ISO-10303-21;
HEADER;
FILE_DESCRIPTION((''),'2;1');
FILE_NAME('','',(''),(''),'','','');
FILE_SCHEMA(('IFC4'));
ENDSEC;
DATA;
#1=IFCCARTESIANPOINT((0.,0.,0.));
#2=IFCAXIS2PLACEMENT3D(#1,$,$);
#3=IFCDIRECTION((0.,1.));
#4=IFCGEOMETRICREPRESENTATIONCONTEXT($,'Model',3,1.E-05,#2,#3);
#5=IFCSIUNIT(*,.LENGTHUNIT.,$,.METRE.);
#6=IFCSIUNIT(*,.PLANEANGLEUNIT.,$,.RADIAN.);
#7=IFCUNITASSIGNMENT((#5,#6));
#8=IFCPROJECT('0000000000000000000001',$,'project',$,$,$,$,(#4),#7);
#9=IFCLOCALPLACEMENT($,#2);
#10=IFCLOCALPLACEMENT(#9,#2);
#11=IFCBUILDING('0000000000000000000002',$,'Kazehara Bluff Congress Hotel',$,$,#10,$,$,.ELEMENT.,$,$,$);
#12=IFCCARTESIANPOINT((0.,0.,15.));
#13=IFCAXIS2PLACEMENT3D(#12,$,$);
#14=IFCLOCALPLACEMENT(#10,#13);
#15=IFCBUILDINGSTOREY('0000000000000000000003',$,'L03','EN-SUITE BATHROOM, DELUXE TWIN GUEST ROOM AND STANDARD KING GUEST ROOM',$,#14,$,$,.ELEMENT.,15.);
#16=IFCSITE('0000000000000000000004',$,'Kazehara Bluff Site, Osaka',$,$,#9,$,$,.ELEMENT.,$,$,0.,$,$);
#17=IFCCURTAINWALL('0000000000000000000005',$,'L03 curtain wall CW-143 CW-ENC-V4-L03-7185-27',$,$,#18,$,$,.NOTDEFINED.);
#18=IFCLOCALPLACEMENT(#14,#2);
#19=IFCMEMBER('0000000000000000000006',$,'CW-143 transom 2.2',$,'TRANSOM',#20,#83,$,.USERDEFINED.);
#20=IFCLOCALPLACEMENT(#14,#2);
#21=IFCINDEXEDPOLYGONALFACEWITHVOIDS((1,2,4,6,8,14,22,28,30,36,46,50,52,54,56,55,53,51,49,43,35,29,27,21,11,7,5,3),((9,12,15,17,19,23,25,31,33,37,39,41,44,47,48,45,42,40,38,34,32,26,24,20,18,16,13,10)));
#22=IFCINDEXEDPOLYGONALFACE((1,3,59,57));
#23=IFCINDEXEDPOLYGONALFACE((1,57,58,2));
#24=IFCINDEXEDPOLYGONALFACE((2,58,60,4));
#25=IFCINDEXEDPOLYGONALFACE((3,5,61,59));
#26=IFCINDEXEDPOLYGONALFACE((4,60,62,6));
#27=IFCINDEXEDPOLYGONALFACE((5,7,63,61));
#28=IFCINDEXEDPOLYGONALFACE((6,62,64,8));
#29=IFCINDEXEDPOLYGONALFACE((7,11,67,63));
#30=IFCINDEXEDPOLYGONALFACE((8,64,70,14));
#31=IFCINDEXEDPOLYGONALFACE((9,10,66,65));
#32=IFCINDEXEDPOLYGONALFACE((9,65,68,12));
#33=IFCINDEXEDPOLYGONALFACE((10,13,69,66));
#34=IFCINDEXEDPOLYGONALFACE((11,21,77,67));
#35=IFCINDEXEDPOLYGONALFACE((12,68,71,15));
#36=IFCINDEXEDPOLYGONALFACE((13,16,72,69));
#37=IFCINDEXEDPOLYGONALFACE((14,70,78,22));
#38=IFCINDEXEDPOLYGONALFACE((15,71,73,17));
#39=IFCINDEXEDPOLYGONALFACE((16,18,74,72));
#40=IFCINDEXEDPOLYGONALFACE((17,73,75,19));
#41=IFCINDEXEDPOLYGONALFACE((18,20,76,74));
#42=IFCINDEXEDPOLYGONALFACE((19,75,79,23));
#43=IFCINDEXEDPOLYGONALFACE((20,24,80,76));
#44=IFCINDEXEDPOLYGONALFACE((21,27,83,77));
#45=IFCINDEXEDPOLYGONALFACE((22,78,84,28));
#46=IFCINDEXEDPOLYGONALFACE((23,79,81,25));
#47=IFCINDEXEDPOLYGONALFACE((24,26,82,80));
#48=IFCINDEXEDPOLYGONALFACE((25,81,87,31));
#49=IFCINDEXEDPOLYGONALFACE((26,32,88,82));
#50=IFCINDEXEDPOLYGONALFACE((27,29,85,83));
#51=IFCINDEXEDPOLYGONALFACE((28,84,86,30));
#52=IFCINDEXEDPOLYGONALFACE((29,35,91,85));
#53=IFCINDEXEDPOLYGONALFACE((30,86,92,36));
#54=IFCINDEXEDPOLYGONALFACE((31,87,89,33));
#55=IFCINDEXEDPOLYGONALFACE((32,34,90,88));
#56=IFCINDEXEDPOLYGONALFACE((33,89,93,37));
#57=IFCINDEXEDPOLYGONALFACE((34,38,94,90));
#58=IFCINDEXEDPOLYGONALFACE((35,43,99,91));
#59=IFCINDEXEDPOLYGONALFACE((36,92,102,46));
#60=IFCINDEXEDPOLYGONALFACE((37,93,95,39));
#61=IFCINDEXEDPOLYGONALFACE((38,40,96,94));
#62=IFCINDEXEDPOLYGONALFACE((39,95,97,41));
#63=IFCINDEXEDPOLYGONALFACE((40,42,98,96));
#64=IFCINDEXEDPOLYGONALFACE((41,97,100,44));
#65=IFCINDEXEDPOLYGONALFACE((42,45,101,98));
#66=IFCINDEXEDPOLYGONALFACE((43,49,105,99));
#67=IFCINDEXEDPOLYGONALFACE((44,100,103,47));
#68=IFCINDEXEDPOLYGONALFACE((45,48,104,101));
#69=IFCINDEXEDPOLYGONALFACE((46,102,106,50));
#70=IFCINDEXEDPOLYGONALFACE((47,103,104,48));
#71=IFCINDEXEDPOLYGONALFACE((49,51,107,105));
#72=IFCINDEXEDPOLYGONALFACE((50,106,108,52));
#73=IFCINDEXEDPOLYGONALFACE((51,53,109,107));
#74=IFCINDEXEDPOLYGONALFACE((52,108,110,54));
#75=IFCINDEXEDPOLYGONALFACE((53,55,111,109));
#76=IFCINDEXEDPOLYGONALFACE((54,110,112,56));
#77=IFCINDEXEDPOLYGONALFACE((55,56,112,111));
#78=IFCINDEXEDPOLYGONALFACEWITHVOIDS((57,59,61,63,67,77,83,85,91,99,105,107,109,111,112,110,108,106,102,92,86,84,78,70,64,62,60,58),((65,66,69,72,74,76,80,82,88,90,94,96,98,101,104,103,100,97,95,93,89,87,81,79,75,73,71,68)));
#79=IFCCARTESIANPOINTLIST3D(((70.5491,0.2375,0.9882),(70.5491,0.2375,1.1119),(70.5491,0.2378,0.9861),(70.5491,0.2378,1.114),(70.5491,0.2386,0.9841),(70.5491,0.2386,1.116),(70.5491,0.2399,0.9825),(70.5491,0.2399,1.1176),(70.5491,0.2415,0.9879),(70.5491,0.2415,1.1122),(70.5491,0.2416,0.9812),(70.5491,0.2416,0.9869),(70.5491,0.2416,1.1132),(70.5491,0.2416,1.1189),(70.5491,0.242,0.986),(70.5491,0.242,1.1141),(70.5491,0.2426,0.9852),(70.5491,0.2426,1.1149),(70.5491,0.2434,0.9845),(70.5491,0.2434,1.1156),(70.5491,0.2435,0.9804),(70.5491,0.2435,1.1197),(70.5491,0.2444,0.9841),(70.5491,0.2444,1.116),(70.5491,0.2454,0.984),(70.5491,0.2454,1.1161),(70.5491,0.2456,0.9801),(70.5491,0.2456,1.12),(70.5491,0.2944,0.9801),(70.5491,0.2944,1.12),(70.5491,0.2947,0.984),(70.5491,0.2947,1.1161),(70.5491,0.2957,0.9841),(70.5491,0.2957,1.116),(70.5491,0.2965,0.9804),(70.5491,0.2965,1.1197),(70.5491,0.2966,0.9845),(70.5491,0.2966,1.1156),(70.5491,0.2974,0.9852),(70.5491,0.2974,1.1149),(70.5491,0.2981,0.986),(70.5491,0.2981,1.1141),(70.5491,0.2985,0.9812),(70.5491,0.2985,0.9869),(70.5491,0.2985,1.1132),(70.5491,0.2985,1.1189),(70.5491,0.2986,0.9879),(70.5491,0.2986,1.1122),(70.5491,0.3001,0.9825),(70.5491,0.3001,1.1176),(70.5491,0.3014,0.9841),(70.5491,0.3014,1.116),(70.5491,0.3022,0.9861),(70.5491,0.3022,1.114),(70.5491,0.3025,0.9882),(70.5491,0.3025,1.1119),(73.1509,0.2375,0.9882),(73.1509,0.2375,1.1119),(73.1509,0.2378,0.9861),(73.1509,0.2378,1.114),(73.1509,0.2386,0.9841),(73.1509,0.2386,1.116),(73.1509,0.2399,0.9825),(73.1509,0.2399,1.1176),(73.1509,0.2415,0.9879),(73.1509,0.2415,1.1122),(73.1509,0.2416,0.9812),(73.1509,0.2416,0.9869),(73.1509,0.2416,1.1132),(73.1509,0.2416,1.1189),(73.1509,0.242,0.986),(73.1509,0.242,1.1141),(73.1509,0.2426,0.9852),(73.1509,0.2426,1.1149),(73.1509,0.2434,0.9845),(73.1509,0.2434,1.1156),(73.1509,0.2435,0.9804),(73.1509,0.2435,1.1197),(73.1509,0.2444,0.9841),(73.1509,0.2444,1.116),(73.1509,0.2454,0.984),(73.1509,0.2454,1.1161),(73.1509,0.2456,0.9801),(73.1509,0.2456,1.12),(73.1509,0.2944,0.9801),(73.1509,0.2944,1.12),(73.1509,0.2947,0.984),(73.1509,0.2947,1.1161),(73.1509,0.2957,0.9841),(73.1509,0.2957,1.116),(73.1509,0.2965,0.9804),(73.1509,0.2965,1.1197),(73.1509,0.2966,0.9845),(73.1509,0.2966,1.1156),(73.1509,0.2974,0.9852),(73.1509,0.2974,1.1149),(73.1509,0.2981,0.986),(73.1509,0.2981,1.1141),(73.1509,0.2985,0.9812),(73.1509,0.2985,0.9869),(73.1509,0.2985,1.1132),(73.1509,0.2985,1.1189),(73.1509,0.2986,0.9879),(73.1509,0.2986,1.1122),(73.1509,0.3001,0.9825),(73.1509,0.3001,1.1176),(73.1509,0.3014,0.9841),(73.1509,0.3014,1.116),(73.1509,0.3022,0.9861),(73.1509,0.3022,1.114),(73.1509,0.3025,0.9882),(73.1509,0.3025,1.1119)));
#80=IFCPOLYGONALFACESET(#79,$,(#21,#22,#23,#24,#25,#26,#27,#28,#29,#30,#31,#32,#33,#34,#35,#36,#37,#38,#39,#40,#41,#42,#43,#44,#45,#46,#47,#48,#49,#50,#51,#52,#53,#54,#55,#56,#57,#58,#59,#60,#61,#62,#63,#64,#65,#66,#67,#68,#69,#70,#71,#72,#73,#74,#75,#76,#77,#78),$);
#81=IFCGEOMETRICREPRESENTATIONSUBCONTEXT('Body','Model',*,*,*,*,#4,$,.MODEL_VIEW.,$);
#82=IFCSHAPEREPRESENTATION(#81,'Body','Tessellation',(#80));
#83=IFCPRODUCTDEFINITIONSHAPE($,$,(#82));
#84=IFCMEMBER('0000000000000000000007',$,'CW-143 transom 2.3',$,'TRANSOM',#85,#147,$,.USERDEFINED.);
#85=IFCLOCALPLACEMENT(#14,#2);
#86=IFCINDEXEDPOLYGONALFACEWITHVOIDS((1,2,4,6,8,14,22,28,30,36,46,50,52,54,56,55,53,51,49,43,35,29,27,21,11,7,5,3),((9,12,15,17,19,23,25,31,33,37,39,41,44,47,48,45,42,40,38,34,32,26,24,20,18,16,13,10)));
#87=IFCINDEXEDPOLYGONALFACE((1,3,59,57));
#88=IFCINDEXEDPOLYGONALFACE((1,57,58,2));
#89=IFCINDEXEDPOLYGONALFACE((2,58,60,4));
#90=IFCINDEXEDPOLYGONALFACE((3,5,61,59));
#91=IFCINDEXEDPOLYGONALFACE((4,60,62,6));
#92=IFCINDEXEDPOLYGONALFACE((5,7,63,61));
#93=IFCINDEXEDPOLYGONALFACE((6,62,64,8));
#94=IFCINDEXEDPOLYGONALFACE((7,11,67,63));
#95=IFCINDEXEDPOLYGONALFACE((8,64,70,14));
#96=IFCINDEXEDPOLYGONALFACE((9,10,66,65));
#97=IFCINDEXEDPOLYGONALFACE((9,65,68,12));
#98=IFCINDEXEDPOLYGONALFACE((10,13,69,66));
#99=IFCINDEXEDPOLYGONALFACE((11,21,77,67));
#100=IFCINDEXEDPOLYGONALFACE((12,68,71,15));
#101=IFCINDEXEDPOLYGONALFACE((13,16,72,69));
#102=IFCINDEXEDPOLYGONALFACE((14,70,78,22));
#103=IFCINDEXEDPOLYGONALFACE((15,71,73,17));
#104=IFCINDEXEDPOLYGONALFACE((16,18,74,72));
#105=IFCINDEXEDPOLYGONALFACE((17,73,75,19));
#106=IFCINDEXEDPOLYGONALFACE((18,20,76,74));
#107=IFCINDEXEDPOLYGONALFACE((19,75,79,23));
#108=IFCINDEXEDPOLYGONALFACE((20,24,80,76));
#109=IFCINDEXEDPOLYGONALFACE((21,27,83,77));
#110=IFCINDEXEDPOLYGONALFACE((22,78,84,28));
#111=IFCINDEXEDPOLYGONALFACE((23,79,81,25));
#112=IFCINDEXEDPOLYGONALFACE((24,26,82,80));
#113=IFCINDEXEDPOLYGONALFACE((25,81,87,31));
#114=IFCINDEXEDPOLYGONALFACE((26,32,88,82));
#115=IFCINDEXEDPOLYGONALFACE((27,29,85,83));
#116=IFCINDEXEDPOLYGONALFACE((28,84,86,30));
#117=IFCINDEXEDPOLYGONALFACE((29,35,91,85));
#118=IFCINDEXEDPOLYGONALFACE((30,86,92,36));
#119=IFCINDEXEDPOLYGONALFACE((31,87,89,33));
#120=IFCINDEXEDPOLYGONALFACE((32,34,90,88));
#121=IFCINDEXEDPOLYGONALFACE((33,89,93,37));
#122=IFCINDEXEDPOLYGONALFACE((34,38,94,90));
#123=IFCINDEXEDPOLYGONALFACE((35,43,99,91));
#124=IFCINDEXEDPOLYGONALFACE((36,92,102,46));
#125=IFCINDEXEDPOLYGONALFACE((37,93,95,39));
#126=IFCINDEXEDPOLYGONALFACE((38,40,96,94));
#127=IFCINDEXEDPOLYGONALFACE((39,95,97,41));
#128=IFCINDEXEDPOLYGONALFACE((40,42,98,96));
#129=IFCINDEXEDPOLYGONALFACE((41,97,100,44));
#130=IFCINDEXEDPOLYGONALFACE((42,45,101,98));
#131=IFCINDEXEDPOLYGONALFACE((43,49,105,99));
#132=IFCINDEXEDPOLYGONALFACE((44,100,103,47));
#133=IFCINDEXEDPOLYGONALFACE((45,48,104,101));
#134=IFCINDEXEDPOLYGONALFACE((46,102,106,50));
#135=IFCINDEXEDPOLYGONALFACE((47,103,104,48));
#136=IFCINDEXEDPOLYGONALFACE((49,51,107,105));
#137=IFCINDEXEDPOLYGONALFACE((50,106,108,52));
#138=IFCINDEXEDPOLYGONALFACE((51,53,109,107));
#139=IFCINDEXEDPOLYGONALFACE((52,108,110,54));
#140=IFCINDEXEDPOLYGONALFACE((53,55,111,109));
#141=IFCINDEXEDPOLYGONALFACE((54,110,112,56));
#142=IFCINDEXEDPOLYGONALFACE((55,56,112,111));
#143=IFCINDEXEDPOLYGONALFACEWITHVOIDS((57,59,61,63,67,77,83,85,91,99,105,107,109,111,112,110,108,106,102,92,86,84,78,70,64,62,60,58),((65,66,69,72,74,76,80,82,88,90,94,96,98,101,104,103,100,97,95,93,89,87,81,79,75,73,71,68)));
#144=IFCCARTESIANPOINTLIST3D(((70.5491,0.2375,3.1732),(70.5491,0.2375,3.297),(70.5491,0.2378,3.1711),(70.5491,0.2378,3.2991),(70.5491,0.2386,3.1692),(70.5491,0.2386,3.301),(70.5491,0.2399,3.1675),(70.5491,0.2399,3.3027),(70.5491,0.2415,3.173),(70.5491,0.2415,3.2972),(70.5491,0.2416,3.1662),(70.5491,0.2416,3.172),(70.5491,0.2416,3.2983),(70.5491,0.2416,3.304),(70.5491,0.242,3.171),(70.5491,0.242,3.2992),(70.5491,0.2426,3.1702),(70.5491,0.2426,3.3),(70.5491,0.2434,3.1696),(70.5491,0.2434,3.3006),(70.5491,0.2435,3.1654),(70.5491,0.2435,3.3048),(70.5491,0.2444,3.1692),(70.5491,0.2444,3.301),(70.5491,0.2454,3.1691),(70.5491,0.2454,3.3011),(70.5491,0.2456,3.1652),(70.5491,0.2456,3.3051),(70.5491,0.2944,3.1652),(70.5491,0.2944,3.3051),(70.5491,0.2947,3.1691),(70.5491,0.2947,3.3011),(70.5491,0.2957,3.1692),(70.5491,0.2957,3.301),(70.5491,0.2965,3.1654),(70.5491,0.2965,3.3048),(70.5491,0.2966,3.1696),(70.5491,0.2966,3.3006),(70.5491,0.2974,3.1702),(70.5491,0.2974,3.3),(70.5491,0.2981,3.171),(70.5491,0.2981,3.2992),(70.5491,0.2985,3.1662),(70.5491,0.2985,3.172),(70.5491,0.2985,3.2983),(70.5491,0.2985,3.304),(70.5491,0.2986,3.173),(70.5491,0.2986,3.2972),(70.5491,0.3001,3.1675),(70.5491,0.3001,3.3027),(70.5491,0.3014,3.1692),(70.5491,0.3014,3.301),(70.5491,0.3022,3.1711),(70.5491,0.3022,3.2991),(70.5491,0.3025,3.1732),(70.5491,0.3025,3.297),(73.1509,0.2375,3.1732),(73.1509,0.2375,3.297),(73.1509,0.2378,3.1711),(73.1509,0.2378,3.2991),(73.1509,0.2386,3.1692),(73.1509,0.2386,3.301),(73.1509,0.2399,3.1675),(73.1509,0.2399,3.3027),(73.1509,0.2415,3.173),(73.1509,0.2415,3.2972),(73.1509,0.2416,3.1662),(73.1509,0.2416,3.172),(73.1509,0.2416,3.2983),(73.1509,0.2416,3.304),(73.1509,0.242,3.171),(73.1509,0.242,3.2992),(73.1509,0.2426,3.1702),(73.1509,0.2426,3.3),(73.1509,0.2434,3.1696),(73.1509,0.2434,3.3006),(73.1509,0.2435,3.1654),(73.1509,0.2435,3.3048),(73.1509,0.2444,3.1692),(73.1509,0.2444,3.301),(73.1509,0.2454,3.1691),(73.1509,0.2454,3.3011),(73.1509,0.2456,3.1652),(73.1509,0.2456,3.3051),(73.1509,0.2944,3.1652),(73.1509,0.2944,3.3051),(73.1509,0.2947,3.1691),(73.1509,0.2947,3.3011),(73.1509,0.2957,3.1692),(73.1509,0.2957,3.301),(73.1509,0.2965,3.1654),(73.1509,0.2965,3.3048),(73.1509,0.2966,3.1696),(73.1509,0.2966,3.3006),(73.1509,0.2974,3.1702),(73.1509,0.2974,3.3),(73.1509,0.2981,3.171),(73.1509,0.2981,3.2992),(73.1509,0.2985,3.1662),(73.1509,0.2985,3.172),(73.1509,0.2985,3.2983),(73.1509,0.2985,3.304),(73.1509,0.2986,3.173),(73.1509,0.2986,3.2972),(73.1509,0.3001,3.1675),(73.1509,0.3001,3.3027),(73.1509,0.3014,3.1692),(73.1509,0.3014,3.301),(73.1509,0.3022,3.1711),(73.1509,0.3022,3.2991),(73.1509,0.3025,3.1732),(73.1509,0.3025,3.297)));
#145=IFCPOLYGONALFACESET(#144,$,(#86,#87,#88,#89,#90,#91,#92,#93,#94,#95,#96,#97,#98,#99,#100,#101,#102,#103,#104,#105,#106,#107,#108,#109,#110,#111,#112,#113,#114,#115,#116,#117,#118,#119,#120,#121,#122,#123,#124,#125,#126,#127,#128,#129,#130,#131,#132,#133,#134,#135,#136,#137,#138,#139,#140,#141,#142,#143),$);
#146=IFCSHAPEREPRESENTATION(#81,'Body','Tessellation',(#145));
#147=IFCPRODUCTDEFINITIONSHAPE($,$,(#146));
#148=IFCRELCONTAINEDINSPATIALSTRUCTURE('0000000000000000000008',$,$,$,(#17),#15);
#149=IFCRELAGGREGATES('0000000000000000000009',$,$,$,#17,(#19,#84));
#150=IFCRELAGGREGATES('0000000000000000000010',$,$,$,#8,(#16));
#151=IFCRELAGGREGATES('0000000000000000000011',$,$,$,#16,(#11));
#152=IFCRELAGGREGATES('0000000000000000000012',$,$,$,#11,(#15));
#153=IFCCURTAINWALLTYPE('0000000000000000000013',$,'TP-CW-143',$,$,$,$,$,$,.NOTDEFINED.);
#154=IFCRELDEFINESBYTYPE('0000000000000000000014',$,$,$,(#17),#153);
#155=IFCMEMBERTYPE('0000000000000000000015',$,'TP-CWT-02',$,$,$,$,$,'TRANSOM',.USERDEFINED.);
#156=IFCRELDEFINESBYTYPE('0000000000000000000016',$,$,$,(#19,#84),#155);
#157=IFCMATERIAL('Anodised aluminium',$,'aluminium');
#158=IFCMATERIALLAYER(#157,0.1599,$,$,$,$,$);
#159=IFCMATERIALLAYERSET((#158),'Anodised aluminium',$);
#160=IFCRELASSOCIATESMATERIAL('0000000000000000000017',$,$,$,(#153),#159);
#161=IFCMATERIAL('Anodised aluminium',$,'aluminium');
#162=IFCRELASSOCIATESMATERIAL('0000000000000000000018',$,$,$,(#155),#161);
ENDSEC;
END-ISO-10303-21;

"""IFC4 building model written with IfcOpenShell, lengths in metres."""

from ifc_helpers import new_model, si_unit, direction, frame, origin, origin_2d, place, context, subcontext, project, spatial, hollow_rectangle, extrude, material, layer, layer_set, material_profile, profile_set, type_object, element, aggregate, save


model = new_model("IFC4")

# Units and contexts
model_context = context("Model", 3, precision=1e-05, world=origin(), true_north=direction((0.0, 1.0)))
body_context = subcontext(model_context, "Body", "Model", "MODEL_VIEW")
ifc_project = project(units=[si_unit("LENGTHUNIT", "METRE"), si_unit("PLANEANGLEUNIT", "RADIAN")], contexts=[model_context])

# Site, building, storey
site_placement = place(None, origin())
site = spatial("IfcSite", under=ifc_project, at=site_placement, Name="Kazehara Bluff Site, Osaka", CompositionType="ELEMENT", RefElevation=0.0)
building_placement = place(site_placement, origin())
building = spatial("IfcBuilding", under=site, at=building_placement, Name="Kazehara Bluff Congress Hotel", CompositionType="ELEMENT")
storey_placement = place(building_placement, frame((0.0, 0.0, 15.0)))
storey = spatial("IfcBuildingStorey", under=building, at=storey_placement, Name="L03", Description="EN-SUITE BATHROOM, DELUXE TWIN GUEST ROOM AND STANDARD KING GUEST ROOM", CompositionType="ELEMENT", Elevation=15.0)

# Curtain wall
ifc_material_1 = material(Name="Anodised aluminium", Category="aluminium")
ifc_layer_1 = layer(ifc_material_1, 0.1599)
ifc_layer_set_1 = layer_set([ifc_layer_1], Name="Anodised aluminium")
curtain_wall_type_1 = type_object("IfcCurtainWallType", Name="TP-CW-143", PredefinedType="NOTDEFINED", material=ifc_layer_set_1)
curtain_wall_1_placement = place(storey_placement, origin())
curtain_wall_1 = element("IfcCurtainWall", 1, at=curtain_wall_1_placement, inside=storey, type_object=curtain_wall_type_1, Name="L03 curtain wall CW-143 CW-ENC-V4-L03-7185-27", PredefinedType="NOTDEFINED")

# Members
ifc_material_2 = material(Name="Anodised aluminium", Category="aluminium")
ifc_material_profile_1 = material_profile(ifc_material_2, hollow_rectangle(XDim=0.0649, YDim=0.1399, WallThickness=0.0039, InnerFilletRadius=0.0039, OuterFilletRadius=0.0081, at=origin_2d()))
ifc_profile_set_1 = profile_set([ifc_material_profile_1], Name="Anodised aluminium")
member_type_1 = type_object("IfcMemberType", Name="TP-CWT-02", ElementType="TRANSOM", PredefinedType="USERDEFINED", material=ifc_profile_set_1)
member_1_placement = place(storey_placement, frame((73.1509, 0.27, 1.05), z_axis=(-1.0, 0.0, 0.0), x_axis=(0.0, -1.0, 0.0)))
member_1 = element("IfcMember", 2, at=member_1_placement, type_object=member_type_1, Name="CW-143 transom 2.2", ObjectType="TRANSOM", PredefinedType="USERDEFINED", context=body_context, shape_type="SweptSolid", body=[
    extrude(hollow_rectangle(XDim=0.0649, YDim=0.1399, WallThickness=0.0039, InnerFilletRadius=0.0039, OuterFilletRadius=0.0081, at=origin_2d()), origin(), (0.0, 0.0, 1.0), 2.6018),
])
member_2_placement = place(storey_placement, frame((73.1509, 0.27, 3.2351), z_axis=(-1.0, 0.0, 0.0), x_axis=(0.0, -1.0, 0.0)))
member_2 = element("IfcMember", 3, at=member_2_placement, type_object=member_type_1, Name="CW-143 transom 2.3", ObjectType="TRANSOM", PredefinedType="USERDEFINED", context=body_context, shape_type="SweptSolid", body=[
    extrude(hollow_rectangle(XDim=0.0649, YDim=0.1399, WallThickness=0.0039, InnerFilletRadius=0.0039, OuterFilletRadius=0.0081, at=origin_2d()), origin(), (0.0, 0.0, 1.0), 2.6018),
])

aggregate(curtain_wall_1, [member_1, member_2])

save(model, "model.ifc")
